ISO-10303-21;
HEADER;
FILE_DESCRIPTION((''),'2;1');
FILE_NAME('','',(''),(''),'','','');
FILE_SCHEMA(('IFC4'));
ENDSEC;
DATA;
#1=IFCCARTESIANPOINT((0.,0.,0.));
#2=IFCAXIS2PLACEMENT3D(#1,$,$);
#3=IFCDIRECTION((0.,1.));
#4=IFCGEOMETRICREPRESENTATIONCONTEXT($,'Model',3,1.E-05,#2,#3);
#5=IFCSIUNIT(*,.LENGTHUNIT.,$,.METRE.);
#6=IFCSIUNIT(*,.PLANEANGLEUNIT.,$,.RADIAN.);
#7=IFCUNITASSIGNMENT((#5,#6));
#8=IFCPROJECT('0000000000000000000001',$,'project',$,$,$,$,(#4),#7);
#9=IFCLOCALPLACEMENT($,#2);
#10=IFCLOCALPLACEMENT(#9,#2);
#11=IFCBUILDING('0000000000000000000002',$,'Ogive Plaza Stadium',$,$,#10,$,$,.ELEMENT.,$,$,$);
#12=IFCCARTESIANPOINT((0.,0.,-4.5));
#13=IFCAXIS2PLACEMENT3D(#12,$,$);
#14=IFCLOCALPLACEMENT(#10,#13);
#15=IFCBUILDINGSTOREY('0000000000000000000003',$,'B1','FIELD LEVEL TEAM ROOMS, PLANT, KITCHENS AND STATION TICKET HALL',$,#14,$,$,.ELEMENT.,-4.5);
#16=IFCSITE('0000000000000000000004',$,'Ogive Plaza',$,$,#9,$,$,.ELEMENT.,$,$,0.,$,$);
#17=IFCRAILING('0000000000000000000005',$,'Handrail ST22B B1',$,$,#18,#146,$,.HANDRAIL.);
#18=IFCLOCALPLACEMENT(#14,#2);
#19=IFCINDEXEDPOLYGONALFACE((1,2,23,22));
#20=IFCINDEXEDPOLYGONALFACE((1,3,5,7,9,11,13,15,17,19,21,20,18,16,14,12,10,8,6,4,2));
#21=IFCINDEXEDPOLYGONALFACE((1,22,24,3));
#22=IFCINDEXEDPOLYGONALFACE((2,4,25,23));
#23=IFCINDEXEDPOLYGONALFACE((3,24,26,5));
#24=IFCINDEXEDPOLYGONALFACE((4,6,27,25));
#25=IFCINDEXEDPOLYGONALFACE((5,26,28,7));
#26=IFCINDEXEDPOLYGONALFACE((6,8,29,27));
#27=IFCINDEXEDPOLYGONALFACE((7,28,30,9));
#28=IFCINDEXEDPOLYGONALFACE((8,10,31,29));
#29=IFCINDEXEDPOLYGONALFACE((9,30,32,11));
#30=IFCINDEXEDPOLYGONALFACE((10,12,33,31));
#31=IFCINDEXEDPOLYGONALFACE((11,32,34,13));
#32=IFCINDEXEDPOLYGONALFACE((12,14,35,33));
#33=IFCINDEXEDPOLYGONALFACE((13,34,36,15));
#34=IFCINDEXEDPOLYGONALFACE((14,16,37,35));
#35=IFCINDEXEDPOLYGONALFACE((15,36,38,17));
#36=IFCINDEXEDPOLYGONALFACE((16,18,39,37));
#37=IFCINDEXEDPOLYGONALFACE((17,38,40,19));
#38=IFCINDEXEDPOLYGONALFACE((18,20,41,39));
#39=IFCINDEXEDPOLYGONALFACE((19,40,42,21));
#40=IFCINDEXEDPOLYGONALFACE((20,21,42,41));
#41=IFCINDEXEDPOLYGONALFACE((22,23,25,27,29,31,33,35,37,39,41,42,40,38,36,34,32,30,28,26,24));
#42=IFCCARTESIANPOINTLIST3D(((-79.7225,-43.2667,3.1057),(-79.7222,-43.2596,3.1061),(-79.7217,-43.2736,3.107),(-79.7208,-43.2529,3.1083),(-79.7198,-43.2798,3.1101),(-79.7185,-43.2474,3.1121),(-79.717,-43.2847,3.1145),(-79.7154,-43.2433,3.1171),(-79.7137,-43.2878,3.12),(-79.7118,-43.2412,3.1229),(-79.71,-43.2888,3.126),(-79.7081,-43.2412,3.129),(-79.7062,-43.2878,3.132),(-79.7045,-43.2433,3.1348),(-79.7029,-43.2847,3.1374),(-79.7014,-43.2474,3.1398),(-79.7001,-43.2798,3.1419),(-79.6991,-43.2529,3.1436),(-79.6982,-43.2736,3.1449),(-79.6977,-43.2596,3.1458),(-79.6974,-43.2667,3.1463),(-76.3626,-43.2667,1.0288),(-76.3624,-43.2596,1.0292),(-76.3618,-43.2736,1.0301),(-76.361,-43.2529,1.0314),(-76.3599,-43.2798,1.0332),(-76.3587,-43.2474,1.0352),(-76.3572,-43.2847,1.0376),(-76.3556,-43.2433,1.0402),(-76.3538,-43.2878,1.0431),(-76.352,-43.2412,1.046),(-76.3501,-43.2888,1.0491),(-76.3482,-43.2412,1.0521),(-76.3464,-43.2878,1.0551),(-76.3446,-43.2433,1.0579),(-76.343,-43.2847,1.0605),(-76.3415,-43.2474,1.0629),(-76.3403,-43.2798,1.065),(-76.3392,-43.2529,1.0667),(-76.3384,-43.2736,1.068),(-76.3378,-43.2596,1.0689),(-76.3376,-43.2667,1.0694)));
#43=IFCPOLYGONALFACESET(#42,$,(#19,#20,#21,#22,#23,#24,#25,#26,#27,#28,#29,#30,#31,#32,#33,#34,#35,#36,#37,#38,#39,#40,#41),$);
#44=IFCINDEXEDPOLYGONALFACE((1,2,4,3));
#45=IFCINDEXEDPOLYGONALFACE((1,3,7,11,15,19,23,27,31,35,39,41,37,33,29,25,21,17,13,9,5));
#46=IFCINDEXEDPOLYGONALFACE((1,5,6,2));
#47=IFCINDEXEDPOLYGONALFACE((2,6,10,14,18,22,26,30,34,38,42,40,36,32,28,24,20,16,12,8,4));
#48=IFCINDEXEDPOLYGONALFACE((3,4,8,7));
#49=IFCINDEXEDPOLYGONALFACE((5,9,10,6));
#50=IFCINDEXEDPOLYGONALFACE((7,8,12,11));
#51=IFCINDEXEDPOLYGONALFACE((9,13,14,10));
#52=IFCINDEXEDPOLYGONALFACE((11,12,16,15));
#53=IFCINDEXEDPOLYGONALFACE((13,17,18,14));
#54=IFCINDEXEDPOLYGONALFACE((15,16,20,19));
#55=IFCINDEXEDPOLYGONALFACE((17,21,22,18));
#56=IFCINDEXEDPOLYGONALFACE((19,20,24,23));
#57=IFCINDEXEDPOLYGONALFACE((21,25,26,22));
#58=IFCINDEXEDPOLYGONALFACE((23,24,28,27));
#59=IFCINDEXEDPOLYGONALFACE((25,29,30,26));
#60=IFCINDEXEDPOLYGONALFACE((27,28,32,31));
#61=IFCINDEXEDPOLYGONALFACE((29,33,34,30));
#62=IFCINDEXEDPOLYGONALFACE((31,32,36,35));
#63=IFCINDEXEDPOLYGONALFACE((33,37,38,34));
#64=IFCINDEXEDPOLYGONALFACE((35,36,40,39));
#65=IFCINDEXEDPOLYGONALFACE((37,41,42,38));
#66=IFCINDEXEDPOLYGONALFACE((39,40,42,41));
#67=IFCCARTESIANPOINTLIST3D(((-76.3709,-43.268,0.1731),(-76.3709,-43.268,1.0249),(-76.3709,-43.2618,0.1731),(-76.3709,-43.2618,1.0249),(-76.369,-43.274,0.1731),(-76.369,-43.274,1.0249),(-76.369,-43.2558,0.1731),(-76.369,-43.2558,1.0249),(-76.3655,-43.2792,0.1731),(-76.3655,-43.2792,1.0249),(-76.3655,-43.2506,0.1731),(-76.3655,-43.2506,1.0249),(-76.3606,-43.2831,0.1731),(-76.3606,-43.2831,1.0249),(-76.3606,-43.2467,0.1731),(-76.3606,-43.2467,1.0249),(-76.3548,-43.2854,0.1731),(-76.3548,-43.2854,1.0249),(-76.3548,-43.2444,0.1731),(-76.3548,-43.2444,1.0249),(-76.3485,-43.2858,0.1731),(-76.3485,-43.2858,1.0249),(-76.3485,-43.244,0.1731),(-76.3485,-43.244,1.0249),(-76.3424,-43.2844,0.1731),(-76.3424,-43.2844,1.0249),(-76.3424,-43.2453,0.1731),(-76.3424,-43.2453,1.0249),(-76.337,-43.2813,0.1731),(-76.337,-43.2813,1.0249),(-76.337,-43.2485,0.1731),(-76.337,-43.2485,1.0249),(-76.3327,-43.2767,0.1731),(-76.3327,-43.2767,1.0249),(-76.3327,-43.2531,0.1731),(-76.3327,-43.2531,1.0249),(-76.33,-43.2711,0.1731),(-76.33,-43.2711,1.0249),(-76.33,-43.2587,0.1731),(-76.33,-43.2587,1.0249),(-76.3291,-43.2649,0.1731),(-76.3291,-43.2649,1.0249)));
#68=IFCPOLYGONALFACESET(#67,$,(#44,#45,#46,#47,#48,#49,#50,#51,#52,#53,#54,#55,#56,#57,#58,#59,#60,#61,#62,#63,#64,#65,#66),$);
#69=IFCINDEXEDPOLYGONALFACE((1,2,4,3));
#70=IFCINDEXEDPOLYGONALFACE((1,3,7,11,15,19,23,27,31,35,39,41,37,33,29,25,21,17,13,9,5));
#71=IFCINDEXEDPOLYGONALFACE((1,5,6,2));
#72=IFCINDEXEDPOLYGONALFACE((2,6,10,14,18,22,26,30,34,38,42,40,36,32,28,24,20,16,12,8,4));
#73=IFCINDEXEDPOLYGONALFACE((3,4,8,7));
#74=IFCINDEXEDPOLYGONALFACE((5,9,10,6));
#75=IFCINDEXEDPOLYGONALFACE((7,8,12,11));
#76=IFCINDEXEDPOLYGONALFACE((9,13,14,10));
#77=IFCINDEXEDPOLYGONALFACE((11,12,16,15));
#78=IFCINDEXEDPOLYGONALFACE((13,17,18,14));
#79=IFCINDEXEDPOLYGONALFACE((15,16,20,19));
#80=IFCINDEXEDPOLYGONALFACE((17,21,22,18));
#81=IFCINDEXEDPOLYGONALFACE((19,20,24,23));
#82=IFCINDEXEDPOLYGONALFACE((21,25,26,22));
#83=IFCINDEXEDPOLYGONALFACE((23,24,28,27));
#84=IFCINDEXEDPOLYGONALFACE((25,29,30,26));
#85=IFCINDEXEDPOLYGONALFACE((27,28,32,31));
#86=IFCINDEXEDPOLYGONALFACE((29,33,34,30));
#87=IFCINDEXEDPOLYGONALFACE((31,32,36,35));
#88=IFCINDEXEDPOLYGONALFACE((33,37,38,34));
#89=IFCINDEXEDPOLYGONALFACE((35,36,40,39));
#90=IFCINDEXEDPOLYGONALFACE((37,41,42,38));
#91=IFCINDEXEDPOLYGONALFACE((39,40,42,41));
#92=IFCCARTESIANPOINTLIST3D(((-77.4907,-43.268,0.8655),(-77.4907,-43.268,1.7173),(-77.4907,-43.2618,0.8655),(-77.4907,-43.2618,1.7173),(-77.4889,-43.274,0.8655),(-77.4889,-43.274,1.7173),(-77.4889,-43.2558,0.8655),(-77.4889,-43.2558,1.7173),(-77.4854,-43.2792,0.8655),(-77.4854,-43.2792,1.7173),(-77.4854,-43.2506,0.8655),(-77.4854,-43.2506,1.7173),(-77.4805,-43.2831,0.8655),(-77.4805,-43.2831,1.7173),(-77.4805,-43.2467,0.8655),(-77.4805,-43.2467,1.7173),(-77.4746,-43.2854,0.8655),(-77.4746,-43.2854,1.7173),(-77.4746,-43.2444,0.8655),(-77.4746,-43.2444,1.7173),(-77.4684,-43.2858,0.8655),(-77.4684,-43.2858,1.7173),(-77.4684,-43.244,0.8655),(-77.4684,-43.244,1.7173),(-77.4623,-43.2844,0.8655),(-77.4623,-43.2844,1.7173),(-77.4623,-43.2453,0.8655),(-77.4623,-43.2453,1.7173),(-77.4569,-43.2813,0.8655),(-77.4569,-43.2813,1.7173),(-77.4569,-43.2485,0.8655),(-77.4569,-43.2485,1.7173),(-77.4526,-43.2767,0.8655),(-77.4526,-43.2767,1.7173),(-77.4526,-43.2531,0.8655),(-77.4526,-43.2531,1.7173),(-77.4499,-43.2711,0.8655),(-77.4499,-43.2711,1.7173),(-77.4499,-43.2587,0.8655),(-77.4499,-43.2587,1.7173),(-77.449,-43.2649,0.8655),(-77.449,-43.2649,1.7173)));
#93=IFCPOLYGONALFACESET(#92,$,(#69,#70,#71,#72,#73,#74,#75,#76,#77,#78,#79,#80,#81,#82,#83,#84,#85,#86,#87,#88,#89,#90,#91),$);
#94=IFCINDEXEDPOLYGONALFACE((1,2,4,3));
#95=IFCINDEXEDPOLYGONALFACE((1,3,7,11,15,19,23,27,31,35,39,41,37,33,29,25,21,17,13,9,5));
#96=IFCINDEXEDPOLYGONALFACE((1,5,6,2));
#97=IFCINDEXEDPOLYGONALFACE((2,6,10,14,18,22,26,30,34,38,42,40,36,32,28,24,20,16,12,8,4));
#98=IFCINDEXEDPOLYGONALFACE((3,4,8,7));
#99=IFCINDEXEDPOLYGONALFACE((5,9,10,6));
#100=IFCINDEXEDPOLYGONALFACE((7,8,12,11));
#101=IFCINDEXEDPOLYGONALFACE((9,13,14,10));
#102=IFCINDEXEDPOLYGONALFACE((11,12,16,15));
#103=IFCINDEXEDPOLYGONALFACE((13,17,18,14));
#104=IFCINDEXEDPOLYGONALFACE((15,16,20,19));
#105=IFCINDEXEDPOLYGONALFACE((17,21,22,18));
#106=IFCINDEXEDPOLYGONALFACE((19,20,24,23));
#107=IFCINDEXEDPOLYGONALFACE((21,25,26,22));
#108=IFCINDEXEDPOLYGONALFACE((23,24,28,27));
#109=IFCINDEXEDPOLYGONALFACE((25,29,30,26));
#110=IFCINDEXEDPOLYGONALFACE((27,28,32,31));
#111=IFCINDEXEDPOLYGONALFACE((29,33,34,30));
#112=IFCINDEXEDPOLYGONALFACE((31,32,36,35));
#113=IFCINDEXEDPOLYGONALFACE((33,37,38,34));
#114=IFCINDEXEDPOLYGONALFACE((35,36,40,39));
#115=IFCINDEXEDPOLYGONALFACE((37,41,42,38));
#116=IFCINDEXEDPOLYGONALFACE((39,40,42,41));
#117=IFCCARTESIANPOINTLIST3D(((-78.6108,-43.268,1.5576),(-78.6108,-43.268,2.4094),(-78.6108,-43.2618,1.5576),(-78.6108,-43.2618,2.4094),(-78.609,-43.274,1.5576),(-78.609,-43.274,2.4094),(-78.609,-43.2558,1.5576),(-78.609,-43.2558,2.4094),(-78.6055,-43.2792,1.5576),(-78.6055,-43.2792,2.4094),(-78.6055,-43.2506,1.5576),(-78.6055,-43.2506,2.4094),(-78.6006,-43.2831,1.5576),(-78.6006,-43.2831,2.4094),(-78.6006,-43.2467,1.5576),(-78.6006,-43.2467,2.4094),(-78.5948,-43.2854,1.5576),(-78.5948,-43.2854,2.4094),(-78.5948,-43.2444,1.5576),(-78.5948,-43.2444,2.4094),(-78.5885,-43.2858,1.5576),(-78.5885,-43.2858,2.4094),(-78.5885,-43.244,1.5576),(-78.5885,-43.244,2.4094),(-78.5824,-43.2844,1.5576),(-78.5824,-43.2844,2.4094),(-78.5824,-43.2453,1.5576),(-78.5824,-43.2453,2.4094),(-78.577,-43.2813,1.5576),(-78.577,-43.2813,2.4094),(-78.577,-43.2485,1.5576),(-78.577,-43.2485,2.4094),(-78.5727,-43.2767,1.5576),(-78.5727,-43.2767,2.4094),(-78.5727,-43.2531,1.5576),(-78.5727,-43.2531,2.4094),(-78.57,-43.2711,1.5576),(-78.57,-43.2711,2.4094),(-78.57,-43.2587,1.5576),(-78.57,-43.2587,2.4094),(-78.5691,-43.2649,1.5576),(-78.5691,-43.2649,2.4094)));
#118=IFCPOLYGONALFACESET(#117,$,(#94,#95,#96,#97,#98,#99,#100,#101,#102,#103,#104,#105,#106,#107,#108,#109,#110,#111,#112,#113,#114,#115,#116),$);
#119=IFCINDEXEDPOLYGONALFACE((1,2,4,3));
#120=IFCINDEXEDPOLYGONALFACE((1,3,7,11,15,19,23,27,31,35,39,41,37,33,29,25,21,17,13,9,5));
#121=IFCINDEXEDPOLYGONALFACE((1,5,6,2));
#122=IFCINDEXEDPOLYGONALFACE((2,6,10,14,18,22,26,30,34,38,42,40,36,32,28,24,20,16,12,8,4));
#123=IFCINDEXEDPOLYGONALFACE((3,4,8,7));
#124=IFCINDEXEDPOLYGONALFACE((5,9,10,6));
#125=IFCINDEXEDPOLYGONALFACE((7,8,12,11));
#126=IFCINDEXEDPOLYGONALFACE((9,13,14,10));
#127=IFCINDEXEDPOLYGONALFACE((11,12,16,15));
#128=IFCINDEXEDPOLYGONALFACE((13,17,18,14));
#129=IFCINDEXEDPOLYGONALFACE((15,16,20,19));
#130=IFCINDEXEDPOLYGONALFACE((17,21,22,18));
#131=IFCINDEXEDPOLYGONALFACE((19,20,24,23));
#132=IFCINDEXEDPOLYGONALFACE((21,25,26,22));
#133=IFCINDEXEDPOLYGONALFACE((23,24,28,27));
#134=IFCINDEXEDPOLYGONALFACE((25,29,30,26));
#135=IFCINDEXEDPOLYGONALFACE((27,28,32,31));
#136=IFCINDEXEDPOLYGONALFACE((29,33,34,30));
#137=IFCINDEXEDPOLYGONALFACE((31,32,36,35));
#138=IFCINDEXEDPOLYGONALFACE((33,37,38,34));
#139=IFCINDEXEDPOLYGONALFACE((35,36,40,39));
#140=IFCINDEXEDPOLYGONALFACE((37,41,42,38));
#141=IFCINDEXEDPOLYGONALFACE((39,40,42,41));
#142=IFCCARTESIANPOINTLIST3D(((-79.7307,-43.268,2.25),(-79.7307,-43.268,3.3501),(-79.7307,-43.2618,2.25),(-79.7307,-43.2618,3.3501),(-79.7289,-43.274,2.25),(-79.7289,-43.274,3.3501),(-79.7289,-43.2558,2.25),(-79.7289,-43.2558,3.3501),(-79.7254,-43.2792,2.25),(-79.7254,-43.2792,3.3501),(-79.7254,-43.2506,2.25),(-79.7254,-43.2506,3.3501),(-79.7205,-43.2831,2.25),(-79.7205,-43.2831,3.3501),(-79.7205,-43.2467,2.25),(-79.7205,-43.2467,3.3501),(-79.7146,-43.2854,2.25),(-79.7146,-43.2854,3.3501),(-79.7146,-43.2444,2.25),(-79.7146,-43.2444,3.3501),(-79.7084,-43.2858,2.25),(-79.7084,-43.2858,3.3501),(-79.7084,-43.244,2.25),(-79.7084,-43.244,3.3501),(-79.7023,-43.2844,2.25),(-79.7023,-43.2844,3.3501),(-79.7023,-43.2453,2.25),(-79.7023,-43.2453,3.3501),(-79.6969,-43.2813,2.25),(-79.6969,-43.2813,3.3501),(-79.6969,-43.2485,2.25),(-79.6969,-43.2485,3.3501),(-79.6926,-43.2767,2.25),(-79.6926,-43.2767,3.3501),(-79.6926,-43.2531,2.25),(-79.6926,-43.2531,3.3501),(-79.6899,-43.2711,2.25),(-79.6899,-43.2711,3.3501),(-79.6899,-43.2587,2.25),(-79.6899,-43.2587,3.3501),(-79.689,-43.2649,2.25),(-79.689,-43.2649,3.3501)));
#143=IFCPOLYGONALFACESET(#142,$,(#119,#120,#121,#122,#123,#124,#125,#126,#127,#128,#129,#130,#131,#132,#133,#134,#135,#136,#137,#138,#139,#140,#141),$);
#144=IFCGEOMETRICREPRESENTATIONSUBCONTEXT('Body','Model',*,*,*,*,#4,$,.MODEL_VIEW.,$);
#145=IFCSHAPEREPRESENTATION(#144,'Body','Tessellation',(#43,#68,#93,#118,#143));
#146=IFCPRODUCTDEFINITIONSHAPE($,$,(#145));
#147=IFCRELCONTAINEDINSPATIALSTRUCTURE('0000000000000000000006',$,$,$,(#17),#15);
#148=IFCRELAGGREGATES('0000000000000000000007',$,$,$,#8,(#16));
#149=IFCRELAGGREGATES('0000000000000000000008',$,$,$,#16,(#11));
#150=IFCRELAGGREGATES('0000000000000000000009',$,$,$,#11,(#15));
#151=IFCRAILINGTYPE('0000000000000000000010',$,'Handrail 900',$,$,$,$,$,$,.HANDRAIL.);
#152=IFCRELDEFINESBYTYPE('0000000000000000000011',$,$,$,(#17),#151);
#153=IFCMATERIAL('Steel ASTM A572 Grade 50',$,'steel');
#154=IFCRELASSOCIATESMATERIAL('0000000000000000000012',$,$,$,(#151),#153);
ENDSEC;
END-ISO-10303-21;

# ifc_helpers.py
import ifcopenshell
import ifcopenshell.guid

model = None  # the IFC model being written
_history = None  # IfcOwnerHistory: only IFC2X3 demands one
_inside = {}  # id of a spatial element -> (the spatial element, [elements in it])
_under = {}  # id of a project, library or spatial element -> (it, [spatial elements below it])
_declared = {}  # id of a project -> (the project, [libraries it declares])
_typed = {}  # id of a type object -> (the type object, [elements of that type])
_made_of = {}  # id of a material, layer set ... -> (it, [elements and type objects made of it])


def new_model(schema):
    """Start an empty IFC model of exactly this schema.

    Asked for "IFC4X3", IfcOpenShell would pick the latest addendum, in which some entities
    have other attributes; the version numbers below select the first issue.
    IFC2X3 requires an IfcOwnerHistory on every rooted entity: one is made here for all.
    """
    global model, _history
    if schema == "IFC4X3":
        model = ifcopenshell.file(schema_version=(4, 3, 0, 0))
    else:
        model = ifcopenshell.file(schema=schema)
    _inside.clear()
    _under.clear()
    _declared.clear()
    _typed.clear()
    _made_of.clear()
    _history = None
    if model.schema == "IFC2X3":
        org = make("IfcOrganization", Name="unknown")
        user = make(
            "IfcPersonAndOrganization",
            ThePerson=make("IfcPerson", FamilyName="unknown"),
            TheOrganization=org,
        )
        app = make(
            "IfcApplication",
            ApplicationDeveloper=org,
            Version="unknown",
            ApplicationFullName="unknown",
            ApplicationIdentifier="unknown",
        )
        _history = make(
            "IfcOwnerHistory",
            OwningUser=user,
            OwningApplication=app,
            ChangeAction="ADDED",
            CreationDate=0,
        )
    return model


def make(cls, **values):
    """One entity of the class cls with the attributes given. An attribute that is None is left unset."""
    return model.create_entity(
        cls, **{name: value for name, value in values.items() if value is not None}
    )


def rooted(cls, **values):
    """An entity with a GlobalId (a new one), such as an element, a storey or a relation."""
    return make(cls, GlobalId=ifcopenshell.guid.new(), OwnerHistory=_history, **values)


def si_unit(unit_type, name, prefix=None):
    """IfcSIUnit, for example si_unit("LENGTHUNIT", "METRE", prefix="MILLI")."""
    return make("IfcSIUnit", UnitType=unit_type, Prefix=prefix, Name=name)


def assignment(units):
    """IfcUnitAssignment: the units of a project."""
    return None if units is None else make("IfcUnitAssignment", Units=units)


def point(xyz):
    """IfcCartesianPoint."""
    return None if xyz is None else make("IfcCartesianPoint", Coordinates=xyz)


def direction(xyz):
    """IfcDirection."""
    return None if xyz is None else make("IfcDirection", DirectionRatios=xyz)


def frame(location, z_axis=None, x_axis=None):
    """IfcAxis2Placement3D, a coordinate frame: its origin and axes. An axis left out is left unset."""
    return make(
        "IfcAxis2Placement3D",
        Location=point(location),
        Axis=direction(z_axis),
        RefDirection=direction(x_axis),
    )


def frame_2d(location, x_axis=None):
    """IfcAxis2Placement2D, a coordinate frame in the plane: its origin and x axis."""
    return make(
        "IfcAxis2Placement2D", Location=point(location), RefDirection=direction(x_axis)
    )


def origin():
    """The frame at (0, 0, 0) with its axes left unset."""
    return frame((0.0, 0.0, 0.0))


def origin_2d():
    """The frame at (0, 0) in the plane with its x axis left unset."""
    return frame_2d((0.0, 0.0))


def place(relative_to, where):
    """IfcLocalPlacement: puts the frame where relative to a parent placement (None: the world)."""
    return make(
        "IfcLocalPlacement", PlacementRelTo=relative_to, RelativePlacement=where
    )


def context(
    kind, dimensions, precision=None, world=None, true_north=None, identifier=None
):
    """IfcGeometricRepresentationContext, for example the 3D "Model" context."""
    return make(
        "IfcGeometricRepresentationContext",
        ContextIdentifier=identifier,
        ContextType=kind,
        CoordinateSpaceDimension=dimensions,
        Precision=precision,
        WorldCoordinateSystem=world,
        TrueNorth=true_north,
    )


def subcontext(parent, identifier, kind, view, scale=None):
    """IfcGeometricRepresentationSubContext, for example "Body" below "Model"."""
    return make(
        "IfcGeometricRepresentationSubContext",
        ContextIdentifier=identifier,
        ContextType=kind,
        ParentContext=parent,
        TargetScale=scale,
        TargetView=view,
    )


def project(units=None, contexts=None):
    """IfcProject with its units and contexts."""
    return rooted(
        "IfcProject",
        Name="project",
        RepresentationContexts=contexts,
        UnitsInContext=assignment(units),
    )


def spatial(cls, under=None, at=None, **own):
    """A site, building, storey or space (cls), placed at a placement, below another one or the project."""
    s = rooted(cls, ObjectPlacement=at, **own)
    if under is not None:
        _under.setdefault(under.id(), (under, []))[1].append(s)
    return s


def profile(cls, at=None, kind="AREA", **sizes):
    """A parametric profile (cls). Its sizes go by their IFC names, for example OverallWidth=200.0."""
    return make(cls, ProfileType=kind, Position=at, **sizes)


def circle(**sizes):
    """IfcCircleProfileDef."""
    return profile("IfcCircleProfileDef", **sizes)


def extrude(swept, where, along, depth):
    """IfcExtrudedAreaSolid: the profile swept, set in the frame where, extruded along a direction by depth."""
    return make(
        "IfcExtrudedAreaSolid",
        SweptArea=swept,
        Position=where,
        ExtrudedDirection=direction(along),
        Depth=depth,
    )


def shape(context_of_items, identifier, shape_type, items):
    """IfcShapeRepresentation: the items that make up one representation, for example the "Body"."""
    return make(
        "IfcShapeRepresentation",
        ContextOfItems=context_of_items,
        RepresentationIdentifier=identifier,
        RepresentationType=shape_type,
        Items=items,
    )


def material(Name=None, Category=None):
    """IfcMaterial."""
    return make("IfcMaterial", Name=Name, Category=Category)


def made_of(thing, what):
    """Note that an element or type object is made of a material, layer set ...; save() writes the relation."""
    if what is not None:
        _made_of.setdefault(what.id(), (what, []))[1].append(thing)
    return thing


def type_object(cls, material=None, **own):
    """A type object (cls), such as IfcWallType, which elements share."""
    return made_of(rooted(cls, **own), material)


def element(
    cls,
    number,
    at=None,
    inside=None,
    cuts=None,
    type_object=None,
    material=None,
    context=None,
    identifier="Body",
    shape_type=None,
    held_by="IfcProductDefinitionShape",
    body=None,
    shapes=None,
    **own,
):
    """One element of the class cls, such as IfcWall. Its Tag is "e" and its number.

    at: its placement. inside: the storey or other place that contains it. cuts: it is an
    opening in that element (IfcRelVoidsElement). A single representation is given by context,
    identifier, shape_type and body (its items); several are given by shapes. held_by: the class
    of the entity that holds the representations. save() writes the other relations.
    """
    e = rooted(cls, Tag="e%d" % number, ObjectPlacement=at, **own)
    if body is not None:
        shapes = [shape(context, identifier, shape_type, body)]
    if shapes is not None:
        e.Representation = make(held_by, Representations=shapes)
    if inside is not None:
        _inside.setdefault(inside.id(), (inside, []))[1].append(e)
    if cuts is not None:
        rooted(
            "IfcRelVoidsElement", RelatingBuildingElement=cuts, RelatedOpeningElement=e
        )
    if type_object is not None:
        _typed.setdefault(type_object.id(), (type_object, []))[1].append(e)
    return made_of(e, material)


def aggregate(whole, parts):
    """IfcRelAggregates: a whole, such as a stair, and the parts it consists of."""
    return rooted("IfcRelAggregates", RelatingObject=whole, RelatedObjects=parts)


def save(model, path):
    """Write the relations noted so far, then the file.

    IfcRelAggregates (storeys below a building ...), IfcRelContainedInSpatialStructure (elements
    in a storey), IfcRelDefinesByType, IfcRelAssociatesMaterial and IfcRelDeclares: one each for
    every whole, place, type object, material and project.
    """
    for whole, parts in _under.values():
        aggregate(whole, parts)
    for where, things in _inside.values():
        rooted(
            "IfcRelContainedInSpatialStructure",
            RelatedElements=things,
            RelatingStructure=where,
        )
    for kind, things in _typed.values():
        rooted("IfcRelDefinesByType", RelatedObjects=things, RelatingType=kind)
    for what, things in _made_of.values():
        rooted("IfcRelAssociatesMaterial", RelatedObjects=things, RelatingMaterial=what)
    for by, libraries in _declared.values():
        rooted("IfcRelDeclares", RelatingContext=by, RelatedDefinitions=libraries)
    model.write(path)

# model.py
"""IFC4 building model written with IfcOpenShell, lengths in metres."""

from ifc_helpers import new_model, si_unit, direction, frame, origin, origin_2d, place, context, subcontext, project, spatial, circle, extrude, material, type_object, element, save


model = new_model("IFC4")

# Units and contexts
model_context = context("Model", 3, precision=1e-05, world=origin(), true_north=direction((0.0, 1.0)))
body_context = subcontext(model_context, "Body", "Model", "MODEL_VIEW")
ifc_project = project(units=[si_unit("LENGTHUNIT", "METRE"), si_unit("PLANEANGLEUNIT", "RADIAN")], contexts=[model_context])

# Site, building, storey
site_placement = place(None, origin())
site = spatial("IfcSite", under=ifc_project, at=site_placement, Name="Ogive Plaza", CompositionType="ELEMENT", RefElevation=0.0)
building_placement = place(site_placement, origin())
building = spatial("IfcBuilding", under=site, at=building_placement, Name="Ogive Plaza Stadium", CompositionType="ELEMENT")
storey_placement = place(building_placement, frame((0.0, 0.0, -4.5)))
storey = spatial("IfcBuildingStorey", under=building, at=storey_placement, Name="B1", Description="FIELD LEVEL TEAM ROOMS, PLANT, KITCHENS AND STATION TICKET HALL", CompositionType="ELEMENT", Elevation=-4.5)

# Railing
ifc_material_1 = material(Name="Steel ASTM A572 Grade 50", Category="steel")
railing_type_1 = type_object("IfcRailingType", Name="Handrail 900", PredefinedType="HANDRAIL", material=ifc_material_1)
for number, where, name in (
    (1, (-76.3501, -43.2649, 0.1731), "Handrail ST22B B1"),
):
    element("IfcRailing", number, at=place(storey_placement, frame(where)), inside=storey, type_object=railing_type_1, Name=name, PredefinedType="HANDRAIL", context=body_context, shape_type="SweptSolid", body=[
        extrude(circle(Radius=0.0239, at=origin_2d()), frame((0.0, 0.0, 0.876), z_axis=(-0.850606, 0.0, 0.525803), x_axis=(0.0, -1.0, 0.0)), (0.0, 0.0, 1.0), 3.95),
        extrude(circle(Radius=0.021, at=origin_2d()), origin(), (0.0, 0.0, 1.0), 0.8518),
        extrude(circle(Radius=0.021, at=origin_2d()), frame((-1.1199, 0.0, 0.6924)), (0.0, 0.0, 1.0), 0.8518),
        extrude(circle(Radius=0.021, at=origin_2d()), frame((-2.24, 0.0, 1.3845)), (0.0, 0.0, 1.0), 0.8518),
        extrude(circle(Radius=0.021, at=origin_2d()), frame((-3.3599, 0.0, 2.0769)), (0.0, 0.0, 1.0), 1.1001),
    ])

save(model, "model.ifc")
